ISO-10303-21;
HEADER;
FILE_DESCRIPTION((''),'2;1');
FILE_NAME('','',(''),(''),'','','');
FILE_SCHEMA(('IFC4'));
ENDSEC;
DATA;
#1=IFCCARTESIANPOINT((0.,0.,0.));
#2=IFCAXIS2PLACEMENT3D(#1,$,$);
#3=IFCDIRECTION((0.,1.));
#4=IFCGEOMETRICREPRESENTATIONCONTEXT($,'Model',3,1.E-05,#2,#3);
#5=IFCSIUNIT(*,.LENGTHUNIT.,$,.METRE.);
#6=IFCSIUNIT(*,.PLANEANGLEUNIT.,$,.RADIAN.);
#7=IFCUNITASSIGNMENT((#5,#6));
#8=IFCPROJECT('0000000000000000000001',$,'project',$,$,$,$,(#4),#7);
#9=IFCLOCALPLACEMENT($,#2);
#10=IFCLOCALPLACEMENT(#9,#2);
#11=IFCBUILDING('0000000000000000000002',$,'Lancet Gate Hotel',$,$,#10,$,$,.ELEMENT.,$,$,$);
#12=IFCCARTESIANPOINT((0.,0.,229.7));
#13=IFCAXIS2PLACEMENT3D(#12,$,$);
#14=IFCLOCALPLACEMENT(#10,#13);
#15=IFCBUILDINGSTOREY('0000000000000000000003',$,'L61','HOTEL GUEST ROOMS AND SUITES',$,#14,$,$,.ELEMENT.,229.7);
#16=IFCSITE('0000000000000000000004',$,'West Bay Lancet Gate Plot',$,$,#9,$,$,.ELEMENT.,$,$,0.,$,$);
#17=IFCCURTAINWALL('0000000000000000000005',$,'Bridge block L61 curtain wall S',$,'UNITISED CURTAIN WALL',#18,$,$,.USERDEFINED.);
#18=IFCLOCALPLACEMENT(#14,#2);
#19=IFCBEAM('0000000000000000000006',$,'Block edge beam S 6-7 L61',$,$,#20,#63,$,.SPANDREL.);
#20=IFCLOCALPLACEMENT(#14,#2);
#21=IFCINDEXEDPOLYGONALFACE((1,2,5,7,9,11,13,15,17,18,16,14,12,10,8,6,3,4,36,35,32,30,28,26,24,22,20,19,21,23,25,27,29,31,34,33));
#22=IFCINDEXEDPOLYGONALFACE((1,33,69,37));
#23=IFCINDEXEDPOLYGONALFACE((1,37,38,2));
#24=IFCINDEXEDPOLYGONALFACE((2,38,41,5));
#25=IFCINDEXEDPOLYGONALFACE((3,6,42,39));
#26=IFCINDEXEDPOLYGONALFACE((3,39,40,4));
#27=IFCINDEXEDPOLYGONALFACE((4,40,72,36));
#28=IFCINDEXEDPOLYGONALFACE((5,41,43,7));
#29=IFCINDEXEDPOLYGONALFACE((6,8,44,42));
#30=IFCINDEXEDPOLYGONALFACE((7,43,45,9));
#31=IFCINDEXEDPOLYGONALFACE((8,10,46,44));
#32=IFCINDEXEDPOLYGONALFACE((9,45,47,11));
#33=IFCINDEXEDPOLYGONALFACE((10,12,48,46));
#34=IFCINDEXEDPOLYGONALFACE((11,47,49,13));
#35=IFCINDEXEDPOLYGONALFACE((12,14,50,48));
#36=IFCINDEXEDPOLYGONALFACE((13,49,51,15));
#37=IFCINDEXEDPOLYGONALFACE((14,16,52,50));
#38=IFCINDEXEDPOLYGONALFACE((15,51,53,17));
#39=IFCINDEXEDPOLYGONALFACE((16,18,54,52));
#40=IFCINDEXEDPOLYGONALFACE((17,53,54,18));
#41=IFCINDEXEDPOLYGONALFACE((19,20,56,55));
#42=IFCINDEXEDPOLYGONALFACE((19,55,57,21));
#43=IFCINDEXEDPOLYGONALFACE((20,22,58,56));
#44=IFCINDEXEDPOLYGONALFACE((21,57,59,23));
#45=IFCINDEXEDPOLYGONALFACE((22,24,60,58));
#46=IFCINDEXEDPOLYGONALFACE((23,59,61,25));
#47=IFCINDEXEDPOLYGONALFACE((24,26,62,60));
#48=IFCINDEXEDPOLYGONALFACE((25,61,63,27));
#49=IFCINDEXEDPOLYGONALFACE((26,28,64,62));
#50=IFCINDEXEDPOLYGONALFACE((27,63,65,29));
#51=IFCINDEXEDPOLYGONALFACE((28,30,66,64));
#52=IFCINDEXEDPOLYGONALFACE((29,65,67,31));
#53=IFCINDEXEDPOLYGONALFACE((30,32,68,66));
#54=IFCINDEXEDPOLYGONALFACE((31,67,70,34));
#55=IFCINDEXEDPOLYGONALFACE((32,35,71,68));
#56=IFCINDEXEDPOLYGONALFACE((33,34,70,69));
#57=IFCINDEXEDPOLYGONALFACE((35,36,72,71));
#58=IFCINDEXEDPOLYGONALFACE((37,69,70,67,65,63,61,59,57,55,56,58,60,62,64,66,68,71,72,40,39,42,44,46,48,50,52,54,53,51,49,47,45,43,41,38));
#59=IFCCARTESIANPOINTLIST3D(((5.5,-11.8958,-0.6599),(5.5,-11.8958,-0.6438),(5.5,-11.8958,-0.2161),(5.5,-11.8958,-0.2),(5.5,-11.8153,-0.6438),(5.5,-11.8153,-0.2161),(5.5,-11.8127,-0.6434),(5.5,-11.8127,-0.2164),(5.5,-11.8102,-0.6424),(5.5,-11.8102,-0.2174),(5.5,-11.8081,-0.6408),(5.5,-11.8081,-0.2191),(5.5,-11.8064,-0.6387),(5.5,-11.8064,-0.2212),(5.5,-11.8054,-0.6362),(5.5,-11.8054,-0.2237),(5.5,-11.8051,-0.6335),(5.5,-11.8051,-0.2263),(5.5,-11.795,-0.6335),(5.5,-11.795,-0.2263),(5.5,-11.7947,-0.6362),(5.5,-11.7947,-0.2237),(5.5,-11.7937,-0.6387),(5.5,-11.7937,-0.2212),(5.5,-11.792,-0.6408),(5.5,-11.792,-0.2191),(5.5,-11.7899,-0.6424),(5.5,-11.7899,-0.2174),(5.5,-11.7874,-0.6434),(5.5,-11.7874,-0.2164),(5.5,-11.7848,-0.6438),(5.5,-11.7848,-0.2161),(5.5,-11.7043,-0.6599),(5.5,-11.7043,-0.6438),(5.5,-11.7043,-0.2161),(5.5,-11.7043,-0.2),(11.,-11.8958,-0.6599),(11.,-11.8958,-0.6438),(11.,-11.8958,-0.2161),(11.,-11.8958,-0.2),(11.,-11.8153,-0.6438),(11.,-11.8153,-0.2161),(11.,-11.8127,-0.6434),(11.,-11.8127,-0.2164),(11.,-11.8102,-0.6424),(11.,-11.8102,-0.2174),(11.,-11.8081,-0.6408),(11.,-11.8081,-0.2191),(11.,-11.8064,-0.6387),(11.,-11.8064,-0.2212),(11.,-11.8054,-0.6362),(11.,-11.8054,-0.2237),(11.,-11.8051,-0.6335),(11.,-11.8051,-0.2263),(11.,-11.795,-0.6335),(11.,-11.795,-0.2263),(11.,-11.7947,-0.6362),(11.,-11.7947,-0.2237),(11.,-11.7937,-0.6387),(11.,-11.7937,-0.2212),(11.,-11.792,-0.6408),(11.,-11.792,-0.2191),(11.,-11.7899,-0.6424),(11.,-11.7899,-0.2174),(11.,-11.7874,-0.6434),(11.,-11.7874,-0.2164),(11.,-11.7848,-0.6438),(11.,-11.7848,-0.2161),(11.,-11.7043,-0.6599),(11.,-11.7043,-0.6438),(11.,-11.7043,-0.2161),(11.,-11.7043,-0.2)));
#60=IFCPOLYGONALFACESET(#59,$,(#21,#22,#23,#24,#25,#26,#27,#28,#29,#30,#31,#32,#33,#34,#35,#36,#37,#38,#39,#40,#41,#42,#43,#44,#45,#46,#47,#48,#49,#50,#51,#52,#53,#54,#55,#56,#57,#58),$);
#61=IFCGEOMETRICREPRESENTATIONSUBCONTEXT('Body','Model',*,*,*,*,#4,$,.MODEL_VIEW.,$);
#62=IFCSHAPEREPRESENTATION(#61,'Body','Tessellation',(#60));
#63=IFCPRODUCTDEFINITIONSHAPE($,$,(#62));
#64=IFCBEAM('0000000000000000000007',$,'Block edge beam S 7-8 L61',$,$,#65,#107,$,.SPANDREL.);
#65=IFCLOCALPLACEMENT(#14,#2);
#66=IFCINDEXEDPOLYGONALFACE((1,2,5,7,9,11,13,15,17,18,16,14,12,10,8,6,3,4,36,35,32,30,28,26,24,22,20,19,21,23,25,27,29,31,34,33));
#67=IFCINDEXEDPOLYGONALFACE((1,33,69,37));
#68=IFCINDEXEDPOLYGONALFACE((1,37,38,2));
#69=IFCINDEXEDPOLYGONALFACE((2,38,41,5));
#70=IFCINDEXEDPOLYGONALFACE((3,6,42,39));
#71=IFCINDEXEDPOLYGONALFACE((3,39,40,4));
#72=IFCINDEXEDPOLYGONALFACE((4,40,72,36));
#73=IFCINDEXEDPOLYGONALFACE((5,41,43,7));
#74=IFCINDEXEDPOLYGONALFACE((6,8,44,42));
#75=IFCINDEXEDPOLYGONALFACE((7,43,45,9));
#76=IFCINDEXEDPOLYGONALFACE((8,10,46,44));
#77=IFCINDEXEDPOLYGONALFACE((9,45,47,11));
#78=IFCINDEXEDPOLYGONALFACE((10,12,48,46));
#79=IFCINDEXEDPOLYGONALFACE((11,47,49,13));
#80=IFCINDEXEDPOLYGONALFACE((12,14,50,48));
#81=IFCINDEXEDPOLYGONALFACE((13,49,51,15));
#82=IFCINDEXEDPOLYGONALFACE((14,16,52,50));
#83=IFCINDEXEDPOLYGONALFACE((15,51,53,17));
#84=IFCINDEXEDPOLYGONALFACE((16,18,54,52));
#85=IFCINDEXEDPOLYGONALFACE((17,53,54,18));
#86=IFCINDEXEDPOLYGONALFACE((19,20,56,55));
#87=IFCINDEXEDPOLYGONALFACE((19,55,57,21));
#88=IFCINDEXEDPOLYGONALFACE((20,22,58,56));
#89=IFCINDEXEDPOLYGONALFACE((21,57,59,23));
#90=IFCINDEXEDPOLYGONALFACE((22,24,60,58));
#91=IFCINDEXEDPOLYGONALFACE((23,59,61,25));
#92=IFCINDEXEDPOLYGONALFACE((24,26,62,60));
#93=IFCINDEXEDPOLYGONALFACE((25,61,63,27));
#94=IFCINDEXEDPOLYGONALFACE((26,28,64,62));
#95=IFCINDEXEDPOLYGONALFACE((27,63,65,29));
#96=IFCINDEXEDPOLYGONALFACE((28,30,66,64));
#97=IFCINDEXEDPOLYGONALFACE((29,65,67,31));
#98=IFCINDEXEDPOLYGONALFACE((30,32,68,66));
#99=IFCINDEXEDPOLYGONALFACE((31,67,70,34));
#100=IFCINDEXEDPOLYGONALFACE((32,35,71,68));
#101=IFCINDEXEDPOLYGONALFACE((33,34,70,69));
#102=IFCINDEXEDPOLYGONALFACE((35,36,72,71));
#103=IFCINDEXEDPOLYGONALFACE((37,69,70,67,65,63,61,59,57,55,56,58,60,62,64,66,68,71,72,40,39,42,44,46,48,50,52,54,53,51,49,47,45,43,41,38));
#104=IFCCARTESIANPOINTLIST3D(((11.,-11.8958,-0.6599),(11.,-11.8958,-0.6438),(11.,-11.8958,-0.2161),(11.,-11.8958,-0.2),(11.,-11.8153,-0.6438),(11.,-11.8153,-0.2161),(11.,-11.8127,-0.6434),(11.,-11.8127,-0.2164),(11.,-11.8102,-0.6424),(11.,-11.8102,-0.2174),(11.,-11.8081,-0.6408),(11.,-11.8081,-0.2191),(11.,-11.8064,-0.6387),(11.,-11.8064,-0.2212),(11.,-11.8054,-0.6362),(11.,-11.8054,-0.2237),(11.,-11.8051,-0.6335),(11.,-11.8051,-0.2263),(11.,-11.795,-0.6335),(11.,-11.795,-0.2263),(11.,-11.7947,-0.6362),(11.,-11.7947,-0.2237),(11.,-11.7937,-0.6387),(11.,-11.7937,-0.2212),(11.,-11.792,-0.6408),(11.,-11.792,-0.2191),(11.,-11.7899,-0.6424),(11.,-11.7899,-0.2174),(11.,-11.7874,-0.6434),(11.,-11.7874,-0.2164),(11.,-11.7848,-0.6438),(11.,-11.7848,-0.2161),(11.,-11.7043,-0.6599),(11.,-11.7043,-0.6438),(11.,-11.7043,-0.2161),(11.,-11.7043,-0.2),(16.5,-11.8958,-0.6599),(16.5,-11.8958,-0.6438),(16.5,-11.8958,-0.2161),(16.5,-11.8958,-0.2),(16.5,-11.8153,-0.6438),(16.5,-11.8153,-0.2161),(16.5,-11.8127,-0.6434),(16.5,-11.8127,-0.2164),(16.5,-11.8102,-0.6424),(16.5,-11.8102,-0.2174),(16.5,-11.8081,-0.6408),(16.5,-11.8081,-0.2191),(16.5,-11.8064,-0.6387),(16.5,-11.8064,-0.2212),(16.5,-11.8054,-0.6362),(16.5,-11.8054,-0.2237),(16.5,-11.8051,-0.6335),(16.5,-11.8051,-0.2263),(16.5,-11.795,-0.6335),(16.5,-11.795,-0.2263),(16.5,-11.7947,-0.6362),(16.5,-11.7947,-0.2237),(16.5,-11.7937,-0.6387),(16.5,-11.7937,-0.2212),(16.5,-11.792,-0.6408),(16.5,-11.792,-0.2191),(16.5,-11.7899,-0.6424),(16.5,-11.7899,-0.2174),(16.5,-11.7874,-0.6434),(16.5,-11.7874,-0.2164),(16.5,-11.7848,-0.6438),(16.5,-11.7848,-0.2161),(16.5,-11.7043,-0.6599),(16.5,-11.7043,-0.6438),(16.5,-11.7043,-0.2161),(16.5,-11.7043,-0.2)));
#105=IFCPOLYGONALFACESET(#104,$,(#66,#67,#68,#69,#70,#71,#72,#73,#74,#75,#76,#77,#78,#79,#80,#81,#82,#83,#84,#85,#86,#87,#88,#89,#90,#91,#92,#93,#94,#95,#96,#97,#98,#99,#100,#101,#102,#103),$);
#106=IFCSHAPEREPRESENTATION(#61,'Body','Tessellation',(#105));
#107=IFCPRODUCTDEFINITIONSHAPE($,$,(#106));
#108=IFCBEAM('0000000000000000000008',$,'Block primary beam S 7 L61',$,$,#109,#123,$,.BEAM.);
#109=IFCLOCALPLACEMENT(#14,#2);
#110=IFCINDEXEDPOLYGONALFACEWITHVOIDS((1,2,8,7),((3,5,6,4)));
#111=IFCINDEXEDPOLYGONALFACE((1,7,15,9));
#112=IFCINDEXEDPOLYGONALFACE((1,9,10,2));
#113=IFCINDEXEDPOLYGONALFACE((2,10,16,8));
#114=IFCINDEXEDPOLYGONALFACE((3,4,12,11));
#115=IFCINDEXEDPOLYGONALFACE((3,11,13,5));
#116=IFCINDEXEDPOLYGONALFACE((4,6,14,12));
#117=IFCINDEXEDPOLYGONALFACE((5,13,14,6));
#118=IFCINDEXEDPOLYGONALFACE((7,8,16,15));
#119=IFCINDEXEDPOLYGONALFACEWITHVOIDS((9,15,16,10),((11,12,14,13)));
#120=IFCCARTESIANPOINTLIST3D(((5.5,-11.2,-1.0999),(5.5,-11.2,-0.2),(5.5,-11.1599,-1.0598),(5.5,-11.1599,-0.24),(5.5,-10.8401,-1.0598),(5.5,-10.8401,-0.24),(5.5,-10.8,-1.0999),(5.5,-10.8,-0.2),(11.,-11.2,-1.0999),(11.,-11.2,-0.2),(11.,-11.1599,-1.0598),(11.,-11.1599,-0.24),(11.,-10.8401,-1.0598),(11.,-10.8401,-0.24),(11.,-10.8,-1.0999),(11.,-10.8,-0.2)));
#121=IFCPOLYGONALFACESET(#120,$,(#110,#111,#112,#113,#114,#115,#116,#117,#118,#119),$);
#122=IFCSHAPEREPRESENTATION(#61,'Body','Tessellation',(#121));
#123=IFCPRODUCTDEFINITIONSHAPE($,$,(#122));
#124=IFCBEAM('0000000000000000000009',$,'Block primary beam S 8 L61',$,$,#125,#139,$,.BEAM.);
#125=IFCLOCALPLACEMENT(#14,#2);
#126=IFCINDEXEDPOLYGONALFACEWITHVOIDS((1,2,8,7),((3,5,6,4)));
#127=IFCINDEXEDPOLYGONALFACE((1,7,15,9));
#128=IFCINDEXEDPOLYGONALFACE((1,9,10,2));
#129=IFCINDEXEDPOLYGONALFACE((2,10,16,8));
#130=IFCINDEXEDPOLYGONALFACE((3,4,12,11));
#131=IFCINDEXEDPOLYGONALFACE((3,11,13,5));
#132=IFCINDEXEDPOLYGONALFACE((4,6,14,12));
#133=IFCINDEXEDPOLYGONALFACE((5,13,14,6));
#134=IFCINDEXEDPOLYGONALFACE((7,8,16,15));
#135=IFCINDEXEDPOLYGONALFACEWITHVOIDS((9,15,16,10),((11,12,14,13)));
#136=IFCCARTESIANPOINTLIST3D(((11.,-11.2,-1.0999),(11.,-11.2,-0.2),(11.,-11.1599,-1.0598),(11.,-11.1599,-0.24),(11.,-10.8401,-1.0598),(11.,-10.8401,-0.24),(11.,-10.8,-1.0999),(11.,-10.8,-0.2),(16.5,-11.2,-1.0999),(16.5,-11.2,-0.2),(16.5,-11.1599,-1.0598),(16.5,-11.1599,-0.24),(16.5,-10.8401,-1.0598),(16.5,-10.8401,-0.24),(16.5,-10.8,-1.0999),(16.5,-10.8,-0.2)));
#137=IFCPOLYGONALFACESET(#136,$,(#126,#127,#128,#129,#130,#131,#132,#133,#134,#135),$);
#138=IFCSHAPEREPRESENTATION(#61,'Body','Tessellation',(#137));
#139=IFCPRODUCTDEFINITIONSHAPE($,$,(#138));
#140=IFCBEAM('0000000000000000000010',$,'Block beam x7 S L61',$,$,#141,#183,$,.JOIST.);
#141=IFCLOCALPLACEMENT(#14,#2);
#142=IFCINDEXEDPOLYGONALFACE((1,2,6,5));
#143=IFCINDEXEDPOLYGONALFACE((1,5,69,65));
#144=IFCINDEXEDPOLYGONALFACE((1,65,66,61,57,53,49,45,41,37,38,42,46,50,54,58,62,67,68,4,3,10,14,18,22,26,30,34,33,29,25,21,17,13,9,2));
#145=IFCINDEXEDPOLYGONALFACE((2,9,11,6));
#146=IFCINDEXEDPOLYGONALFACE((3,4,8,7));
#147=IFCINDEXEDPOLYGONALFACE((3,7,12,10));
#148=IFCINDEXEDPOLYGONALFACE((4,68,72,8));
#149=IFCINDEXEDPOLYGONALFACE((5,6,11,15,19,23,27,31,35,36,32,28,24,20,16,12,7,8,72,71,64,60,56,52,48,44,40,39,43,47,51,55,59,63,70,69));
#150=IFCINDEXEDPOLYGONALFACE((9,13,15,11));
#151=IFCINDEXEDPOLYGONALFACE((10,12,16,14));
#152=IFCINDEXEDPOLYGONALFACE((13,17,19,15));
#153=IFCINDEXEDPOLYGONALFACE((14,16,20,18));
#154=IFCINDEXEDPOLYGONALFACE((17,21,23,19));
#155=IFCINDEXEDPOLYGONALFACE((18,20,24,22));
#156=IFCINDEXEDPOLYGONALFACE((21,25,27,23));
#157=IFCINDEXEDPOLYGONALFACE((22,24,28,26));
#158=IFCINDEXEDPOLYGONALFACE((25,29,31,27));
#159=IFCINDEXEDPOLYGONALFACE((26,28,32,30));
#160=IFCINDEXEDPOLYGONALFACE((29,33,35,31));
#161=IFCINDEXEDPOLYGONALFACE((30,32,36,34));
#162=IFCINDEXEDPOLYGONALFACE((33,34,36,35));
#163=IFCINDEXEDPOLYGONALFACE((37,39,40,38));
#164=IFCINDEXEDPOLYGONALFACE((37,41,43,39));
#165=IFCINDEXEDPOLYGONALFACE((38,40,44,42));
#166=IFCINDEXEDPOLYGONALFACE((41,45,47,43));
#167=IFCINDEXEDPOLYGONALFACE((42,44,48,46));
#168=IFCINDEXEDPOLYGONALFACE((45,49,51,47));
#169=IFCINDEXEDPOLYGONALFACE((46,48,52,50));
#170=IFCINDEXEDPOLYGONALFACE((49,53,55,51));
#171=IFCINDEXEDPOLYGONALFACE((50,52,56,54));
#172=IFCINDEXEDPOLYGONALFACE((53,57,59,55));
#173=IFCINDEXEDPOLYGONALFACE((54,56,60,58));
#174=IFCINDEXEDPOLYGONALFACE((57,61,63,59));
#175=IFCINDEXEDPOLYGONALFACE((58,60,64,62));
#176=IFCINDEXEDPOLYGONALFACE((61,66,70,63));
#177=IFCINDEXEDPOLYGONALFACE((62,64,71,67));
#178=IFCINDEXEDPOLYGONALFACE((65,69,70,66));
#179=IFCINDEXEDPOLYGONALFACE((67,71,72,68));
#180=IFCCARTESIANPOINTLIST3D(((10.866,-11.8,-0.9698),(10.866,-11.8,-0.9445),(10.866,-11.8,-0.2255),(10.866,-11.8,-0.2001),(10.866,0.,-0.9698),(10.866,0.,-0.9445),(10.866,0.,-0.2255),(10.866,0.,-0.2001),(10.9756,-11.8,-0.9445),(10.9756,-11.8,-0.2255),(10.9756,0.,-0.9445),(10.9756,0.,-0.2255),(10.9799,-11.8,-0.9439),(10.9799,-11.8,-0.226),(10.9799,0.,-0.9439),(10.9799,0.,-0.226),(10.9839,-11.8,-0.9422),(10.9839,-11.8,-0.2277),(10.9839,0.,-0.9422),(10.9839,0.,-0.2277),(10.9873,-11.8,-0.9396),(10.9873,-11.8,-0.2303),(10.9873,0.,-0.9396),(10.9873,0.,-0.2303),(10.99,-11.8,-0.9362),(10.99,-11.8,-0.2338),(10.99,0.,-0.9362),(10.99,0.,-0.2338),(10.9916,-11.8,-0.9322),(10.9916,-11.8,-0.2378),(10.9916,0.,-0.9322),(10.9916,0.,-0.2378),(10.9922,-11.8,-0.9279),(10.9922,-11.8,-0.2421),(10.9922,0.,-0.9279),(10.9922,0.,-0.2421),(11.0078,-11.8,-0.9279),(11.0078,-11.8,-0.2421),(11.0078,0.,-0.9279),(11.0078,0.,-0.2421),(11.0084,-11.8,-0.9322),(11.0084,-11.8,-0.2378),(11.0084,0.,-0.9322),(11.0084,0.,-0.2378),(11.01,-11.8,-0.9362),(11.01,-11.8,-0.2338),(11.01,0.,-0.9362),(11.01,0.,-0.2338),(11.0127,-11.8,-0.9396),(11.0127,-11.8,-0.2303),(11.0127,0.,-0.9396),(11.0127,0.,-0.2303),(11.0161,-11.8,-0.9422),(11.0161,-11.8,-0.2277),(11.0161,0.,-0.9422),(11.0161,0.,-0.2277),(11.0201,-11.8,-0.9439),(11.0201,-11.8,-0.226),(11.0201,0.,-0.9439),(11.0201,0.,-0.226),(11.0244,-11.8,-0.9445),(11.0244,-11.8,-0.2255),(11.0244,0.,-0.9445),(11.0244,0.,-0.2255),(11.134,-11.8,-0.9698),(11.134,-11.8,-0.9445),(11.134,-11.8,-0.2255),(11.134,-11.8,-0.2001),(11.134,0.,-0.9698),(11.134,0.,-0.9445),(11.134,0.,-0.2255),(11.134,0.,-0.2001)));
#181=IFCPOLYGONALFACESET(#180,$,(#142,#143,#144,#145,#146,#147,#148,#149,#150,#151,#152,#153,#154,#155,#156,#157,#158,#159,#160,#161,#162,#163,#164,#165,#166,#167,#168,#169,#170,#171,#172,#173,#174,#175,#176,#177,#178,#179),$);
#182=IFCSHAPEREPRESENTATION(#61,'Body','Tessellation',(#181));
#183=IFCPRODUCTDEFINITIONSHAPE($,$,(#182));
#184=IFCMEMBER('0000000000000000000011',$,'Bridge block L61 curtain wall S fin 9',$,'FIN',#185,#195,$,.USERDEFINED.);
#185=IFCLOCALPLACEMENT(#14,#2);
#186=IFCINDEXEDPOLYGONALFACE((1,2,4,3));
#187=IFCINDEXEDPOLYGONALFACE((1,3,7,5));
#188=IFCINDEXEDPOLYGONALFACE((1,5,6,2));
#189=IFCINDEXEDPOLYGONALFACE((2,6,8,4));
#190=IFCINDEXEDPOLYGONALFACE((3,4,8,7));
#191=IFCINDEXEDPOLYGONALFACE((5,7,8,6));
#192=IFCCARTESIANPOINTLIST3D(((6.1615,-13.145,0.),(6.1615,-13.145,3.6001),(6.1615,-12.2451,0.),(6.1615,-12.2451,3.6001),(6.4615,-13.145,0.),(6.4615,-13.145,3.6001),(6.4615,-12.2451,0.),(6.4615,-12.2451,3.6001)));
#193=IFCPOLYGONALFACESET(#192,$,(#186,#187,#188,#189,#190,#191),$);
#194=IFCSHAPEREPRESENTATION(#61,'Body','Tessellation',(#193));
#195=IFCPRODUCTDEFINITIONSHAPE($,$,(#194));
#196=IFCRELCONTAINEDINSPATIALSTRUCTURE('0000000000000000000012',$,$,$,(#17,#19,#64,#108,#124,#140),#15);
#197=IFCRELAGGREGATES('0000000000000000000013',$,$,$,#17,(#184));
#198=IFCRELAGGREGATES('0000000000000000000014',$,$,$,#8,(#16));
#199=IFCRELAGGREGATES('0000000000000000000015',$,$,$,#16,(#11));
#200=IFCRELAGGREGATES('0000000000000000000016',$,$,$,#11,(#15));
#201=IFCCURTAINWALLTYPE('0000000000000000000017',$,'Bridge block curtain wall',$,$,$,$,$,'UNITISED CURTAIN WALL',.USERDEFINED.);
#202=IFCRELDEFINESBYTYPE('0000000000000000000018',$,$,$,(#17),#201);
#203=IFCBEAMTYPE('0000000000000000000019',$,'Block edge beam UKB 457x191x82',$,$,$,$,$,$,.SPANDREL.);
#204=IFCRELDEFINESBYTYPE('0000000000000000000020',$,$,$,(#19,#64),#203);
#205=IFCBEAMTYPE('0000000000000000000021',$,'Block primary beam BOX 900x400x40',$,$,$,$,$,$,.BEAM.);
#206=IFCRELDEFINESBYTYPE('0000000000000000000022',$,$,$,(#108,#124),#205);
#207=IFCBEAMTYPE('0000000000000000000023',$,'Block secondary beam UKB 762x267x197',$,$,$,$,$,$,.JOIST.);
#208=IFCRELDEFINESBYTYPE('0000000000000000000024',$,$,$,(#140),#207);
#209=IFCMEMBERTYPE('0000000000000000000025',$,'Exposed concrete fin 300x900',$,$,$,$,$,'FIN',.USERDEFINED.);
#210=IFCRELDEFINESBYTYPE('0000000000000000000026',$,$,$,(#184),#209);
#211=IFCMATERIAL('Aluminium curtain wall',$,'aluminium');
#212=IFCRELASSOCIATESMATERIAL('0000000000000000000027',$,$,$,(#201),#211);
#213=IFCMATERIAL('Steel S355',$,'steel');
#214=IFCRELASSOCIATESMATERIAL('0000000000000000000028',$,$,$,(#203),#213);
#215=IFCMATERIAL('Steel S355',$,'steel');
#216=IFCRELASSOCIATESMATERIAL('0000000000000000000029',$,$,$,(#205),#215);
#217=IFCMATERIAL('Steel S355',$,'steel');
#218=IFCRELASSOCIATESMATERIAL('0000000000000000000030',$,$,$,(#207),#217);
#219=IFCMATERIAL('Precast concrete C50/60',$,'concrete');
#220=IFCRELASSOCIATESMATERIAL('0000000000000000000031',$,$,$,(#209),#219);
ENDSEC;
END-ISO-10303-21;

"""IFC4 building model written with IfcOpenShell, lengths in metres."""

from ifc_helpers import new_model, si_unit, direction, frame, origin, origin_2d, place, context, subcontext, project, spatial, rectangle, hollow_rectangle, i_section, extrude, material, material_profile, profile_set, type_object, element, aggregate, save


model = new_model("IFC4")

# Units and contexts
model_context = context("Model", 3, precision=1e-05, world=origin(), true_north=direction((0.0, 1.0)))
body_context = subcontext(model_context, "Body", "Model", "MODEL_VIEW")
ifc_project = project(units=[si_unit("LENGTHUNIT", "METRE"), si_unit("PLANEANGLEUNIT", "RADIAN")], contexts=[model_context])

# Site, building, storey
site_placement = place(None, origin())
site = spatial("IfcSite", under=ifc_project, at=site_placement, Name="West Bay Lancet Gate Plot", CompositionType="ELEMENT", RefElevation=0.0)
building_placement = place(site_placement, origin())
building = spatial("IfcBuilding", under=site, at=building_placement, Name="Lancet Gate Hotel", CompositionType="ELEMENT")
storey_placement = place(building_placement, frame((0.0, 0.0, 229.7)))
storey = spatial("IfcBuildingStorey", under=building, at=storey_placement, Name="L61", Description="HOTEL GUEST ROOMS AND SUITES", CompositionType="ELEMENT", Elevation=229.7)

# Curtain wall
ifc_material_1 = material(Name="Aluminium curtain wall", Category="aluminium")
curtain_wall_type = type_object("IfcCurtainWallType", Name="Bridge block curtain wall", ElementType="UNITISED CURTAIN WALL", PredefinedType="USERDEFINED", material=ifc_material_1)
curtain_wall_placement = place(storey_placement, origin())
curtain_wall = element("IfcCurtainWall", 1, at=curtain_wall_placement, inside=storey, type_object=curtain_wall_type, Name="Bridge block L61 curtain wall S", ObjectType="UNITISED CURTAIN WALL", PredefinedType="USERDEFINED")

# Beams
ifc_material_2 = material(Name="Steel S355", Category="steel")
ifc_material_profile_1 = material_profile(ifc_material_2, i_section(OverallWidth=0.1914, OverallDepth=0.46, WebThickness=0.01, FlangeThickness=0.0161, FilletRadius=0.0103, at=origin_2d()), Name="UKB 457x191x82")
ifc_profile_set_1 = profile_set([ifc_material_profile_1], Name="Steel S355")
beam_type_1 = type_object("IfcBeamType", Name="Block edge beam UKB 457x191x82", PredefinedType="SPANDREL", material=ifc_profile_set_1)
for number, where, z_axis, x_axis, name in (
    (2, (5.5, -11.8, -0.4299), (1.0, 0.0, 0.0), (0.0, 1.0, 0.0), "Block edge beam S 6-7 L61"),
    (3, (11.0, -11.8, -0.4299), (1.0, 0.0, 0.0), (0.0, 1.0, 0.0), "Block edge beam S 7-8 L61"),
):
    element("IfcBeam", number, at=place(storey_placement, frame(where, z_axis=z_axis, x_axis=x_axis)), inside=storey, type_object=beam_type_1, Name=name, PredefinedType="SPANDREL", context=body_context, shape_type="SweptSolid", body=[
        extrude(i_section(OverallWidth=0.1914, OverallDepth=0.46, WebThickness=0.01, FlangeThickness=0.0161, FilletRadius=0.0103, at=origin_2d()), origin(), (0.0, 0.0, 1.0), 5.5),
    ])
ifc_material_3 = material(Name="Steel S355", Category="steel")
ifc_material_profile_2 = material_profile(ifc_material_3, hollow_rectangle(XDim=0.3999, YDim=0.8999, WallThickness=0.04, at=origin_2d()), Name="BOX 900x400x40")
ifc_profile_set_2 = profile_set([ifc_material_profile_2], Name="Steel S355")
beam_type_2 = type_object("IfcBeamType", Name="Block primary beam BOX 900x400x40", PredefinedType="BEAM", material=ifc_profile_set_2)
for number, where, z_axis, x_axis, name in (
    (4, (5.5, -11.0, -0.6499), (1.0, 0.0, 0.0), (0.0, 1.0, 0.0), "Block primary beam S 7 L61"),
    (5, (11.0, -11.0, -0.6499), (1.0, 0.0, 0.0), (0.0, 1.0, 0.0), "Block primary beam S 8 L61"),
):
    element("IfcBeam", number, at=place(storey_placement, frame(where, z_axis=z_axis, x_axis=x_axis)), inside=storey, type_object=beam_type_2, Name=name, PredefinedType="BEAM", context=body_context, shape_type="SweptSolid", body=[
        extrude(hollow_rectangle(XDim=0.3999, YDim=0.8999, WallThickness=0.04, at=origin_2d()), origin(), (0.0, 0.0, 1.0), 5.5),
    ])
ifc_material_4 = material(Name="Steel S355", Category="steel")
ifc_material_profile_3 = material_profile(ifc_material_4, i_section(OverallWidth=0.2681, OverallDepth=0.7698, WebThickness=0.0156, FlangeThickness=0.0254, FilletRadius=0.0166, at=origin_2d()), Name="UKB 762x267x197")
ifc_profile_set_3 = profile_set([ifc_material_profile_3], Name="Steel S355")
beam_type_3 = type_object("IfcBeamType", Name="Block secondary beam UKB 762x267x197", PredefinedType="JOIST", material=ifc_profile_set_3)
beam_placement = place(storey_placement, frame((11.0, -11.8, -0.585), z_axis=(0.0, 1.0, 0.0), x_axis=(-1.0, 0.0, 0.0)))
element("IfcBeam", 6, at=beam_placement, inside=storey, type_object=beam_type_3, Name="Block beam x7 S L61", PredefinedType="JOIST", context=body_context, shape_type="SweptSolid", body=[
    extrude(i_section(OverallWidth=0.2681, OverallDepth=0.7698, WebThickness=0.0156, FlangeThickness=0.0254, FilletRadius=0.0166, at=origin_2d()), origin(), (0.0, 0.0, 1.0), 11.8),
])

# Member
ifc_material_5 = material(Name="Precast concrete C50/60", Category="concrete")
ifc_material_profile_4 = material_profile(ifc_material_5, rectangle(XDim=0.3, YDim=0.8999, at=origin_2d()), Name="FIN 300x900")
ifc_profile_set_4 = profile_set([ifc_material_profile_4], Name="Precast concrete C50/60")
member_type_1 = type_object("IfcMemberType", Name="Exposed concrete fin 300x900", ElementType="FIN", PredefinedType="USERDEFINED", material=ifc_profile_set_4)
member_1_placement = place(storey_placement, frame((6.3115, -12.6951, 0.0), z_axis=(0.0, 0.0, 1.0), x_axis=(1.0, 0.0, 0.0)))
member_1 = element("IfcMember", 7, at=member_1_placement, type_object=member_type_1, Name="Bridge block L61 curtain wall S fin 9", ObjectType="FIN", PredefinedType="USERDEFINED", context=body_context, shape_type="SweptSolid", body=[
    extrude(rectangle(XDim=0.3, YDim=0.8999, at=origin_2d()), origin(), (0.0, 0.0, 1.0), 3.6001),
])

aggregate(curtain_wall, [member_1])

save(model, "model.ifc")
